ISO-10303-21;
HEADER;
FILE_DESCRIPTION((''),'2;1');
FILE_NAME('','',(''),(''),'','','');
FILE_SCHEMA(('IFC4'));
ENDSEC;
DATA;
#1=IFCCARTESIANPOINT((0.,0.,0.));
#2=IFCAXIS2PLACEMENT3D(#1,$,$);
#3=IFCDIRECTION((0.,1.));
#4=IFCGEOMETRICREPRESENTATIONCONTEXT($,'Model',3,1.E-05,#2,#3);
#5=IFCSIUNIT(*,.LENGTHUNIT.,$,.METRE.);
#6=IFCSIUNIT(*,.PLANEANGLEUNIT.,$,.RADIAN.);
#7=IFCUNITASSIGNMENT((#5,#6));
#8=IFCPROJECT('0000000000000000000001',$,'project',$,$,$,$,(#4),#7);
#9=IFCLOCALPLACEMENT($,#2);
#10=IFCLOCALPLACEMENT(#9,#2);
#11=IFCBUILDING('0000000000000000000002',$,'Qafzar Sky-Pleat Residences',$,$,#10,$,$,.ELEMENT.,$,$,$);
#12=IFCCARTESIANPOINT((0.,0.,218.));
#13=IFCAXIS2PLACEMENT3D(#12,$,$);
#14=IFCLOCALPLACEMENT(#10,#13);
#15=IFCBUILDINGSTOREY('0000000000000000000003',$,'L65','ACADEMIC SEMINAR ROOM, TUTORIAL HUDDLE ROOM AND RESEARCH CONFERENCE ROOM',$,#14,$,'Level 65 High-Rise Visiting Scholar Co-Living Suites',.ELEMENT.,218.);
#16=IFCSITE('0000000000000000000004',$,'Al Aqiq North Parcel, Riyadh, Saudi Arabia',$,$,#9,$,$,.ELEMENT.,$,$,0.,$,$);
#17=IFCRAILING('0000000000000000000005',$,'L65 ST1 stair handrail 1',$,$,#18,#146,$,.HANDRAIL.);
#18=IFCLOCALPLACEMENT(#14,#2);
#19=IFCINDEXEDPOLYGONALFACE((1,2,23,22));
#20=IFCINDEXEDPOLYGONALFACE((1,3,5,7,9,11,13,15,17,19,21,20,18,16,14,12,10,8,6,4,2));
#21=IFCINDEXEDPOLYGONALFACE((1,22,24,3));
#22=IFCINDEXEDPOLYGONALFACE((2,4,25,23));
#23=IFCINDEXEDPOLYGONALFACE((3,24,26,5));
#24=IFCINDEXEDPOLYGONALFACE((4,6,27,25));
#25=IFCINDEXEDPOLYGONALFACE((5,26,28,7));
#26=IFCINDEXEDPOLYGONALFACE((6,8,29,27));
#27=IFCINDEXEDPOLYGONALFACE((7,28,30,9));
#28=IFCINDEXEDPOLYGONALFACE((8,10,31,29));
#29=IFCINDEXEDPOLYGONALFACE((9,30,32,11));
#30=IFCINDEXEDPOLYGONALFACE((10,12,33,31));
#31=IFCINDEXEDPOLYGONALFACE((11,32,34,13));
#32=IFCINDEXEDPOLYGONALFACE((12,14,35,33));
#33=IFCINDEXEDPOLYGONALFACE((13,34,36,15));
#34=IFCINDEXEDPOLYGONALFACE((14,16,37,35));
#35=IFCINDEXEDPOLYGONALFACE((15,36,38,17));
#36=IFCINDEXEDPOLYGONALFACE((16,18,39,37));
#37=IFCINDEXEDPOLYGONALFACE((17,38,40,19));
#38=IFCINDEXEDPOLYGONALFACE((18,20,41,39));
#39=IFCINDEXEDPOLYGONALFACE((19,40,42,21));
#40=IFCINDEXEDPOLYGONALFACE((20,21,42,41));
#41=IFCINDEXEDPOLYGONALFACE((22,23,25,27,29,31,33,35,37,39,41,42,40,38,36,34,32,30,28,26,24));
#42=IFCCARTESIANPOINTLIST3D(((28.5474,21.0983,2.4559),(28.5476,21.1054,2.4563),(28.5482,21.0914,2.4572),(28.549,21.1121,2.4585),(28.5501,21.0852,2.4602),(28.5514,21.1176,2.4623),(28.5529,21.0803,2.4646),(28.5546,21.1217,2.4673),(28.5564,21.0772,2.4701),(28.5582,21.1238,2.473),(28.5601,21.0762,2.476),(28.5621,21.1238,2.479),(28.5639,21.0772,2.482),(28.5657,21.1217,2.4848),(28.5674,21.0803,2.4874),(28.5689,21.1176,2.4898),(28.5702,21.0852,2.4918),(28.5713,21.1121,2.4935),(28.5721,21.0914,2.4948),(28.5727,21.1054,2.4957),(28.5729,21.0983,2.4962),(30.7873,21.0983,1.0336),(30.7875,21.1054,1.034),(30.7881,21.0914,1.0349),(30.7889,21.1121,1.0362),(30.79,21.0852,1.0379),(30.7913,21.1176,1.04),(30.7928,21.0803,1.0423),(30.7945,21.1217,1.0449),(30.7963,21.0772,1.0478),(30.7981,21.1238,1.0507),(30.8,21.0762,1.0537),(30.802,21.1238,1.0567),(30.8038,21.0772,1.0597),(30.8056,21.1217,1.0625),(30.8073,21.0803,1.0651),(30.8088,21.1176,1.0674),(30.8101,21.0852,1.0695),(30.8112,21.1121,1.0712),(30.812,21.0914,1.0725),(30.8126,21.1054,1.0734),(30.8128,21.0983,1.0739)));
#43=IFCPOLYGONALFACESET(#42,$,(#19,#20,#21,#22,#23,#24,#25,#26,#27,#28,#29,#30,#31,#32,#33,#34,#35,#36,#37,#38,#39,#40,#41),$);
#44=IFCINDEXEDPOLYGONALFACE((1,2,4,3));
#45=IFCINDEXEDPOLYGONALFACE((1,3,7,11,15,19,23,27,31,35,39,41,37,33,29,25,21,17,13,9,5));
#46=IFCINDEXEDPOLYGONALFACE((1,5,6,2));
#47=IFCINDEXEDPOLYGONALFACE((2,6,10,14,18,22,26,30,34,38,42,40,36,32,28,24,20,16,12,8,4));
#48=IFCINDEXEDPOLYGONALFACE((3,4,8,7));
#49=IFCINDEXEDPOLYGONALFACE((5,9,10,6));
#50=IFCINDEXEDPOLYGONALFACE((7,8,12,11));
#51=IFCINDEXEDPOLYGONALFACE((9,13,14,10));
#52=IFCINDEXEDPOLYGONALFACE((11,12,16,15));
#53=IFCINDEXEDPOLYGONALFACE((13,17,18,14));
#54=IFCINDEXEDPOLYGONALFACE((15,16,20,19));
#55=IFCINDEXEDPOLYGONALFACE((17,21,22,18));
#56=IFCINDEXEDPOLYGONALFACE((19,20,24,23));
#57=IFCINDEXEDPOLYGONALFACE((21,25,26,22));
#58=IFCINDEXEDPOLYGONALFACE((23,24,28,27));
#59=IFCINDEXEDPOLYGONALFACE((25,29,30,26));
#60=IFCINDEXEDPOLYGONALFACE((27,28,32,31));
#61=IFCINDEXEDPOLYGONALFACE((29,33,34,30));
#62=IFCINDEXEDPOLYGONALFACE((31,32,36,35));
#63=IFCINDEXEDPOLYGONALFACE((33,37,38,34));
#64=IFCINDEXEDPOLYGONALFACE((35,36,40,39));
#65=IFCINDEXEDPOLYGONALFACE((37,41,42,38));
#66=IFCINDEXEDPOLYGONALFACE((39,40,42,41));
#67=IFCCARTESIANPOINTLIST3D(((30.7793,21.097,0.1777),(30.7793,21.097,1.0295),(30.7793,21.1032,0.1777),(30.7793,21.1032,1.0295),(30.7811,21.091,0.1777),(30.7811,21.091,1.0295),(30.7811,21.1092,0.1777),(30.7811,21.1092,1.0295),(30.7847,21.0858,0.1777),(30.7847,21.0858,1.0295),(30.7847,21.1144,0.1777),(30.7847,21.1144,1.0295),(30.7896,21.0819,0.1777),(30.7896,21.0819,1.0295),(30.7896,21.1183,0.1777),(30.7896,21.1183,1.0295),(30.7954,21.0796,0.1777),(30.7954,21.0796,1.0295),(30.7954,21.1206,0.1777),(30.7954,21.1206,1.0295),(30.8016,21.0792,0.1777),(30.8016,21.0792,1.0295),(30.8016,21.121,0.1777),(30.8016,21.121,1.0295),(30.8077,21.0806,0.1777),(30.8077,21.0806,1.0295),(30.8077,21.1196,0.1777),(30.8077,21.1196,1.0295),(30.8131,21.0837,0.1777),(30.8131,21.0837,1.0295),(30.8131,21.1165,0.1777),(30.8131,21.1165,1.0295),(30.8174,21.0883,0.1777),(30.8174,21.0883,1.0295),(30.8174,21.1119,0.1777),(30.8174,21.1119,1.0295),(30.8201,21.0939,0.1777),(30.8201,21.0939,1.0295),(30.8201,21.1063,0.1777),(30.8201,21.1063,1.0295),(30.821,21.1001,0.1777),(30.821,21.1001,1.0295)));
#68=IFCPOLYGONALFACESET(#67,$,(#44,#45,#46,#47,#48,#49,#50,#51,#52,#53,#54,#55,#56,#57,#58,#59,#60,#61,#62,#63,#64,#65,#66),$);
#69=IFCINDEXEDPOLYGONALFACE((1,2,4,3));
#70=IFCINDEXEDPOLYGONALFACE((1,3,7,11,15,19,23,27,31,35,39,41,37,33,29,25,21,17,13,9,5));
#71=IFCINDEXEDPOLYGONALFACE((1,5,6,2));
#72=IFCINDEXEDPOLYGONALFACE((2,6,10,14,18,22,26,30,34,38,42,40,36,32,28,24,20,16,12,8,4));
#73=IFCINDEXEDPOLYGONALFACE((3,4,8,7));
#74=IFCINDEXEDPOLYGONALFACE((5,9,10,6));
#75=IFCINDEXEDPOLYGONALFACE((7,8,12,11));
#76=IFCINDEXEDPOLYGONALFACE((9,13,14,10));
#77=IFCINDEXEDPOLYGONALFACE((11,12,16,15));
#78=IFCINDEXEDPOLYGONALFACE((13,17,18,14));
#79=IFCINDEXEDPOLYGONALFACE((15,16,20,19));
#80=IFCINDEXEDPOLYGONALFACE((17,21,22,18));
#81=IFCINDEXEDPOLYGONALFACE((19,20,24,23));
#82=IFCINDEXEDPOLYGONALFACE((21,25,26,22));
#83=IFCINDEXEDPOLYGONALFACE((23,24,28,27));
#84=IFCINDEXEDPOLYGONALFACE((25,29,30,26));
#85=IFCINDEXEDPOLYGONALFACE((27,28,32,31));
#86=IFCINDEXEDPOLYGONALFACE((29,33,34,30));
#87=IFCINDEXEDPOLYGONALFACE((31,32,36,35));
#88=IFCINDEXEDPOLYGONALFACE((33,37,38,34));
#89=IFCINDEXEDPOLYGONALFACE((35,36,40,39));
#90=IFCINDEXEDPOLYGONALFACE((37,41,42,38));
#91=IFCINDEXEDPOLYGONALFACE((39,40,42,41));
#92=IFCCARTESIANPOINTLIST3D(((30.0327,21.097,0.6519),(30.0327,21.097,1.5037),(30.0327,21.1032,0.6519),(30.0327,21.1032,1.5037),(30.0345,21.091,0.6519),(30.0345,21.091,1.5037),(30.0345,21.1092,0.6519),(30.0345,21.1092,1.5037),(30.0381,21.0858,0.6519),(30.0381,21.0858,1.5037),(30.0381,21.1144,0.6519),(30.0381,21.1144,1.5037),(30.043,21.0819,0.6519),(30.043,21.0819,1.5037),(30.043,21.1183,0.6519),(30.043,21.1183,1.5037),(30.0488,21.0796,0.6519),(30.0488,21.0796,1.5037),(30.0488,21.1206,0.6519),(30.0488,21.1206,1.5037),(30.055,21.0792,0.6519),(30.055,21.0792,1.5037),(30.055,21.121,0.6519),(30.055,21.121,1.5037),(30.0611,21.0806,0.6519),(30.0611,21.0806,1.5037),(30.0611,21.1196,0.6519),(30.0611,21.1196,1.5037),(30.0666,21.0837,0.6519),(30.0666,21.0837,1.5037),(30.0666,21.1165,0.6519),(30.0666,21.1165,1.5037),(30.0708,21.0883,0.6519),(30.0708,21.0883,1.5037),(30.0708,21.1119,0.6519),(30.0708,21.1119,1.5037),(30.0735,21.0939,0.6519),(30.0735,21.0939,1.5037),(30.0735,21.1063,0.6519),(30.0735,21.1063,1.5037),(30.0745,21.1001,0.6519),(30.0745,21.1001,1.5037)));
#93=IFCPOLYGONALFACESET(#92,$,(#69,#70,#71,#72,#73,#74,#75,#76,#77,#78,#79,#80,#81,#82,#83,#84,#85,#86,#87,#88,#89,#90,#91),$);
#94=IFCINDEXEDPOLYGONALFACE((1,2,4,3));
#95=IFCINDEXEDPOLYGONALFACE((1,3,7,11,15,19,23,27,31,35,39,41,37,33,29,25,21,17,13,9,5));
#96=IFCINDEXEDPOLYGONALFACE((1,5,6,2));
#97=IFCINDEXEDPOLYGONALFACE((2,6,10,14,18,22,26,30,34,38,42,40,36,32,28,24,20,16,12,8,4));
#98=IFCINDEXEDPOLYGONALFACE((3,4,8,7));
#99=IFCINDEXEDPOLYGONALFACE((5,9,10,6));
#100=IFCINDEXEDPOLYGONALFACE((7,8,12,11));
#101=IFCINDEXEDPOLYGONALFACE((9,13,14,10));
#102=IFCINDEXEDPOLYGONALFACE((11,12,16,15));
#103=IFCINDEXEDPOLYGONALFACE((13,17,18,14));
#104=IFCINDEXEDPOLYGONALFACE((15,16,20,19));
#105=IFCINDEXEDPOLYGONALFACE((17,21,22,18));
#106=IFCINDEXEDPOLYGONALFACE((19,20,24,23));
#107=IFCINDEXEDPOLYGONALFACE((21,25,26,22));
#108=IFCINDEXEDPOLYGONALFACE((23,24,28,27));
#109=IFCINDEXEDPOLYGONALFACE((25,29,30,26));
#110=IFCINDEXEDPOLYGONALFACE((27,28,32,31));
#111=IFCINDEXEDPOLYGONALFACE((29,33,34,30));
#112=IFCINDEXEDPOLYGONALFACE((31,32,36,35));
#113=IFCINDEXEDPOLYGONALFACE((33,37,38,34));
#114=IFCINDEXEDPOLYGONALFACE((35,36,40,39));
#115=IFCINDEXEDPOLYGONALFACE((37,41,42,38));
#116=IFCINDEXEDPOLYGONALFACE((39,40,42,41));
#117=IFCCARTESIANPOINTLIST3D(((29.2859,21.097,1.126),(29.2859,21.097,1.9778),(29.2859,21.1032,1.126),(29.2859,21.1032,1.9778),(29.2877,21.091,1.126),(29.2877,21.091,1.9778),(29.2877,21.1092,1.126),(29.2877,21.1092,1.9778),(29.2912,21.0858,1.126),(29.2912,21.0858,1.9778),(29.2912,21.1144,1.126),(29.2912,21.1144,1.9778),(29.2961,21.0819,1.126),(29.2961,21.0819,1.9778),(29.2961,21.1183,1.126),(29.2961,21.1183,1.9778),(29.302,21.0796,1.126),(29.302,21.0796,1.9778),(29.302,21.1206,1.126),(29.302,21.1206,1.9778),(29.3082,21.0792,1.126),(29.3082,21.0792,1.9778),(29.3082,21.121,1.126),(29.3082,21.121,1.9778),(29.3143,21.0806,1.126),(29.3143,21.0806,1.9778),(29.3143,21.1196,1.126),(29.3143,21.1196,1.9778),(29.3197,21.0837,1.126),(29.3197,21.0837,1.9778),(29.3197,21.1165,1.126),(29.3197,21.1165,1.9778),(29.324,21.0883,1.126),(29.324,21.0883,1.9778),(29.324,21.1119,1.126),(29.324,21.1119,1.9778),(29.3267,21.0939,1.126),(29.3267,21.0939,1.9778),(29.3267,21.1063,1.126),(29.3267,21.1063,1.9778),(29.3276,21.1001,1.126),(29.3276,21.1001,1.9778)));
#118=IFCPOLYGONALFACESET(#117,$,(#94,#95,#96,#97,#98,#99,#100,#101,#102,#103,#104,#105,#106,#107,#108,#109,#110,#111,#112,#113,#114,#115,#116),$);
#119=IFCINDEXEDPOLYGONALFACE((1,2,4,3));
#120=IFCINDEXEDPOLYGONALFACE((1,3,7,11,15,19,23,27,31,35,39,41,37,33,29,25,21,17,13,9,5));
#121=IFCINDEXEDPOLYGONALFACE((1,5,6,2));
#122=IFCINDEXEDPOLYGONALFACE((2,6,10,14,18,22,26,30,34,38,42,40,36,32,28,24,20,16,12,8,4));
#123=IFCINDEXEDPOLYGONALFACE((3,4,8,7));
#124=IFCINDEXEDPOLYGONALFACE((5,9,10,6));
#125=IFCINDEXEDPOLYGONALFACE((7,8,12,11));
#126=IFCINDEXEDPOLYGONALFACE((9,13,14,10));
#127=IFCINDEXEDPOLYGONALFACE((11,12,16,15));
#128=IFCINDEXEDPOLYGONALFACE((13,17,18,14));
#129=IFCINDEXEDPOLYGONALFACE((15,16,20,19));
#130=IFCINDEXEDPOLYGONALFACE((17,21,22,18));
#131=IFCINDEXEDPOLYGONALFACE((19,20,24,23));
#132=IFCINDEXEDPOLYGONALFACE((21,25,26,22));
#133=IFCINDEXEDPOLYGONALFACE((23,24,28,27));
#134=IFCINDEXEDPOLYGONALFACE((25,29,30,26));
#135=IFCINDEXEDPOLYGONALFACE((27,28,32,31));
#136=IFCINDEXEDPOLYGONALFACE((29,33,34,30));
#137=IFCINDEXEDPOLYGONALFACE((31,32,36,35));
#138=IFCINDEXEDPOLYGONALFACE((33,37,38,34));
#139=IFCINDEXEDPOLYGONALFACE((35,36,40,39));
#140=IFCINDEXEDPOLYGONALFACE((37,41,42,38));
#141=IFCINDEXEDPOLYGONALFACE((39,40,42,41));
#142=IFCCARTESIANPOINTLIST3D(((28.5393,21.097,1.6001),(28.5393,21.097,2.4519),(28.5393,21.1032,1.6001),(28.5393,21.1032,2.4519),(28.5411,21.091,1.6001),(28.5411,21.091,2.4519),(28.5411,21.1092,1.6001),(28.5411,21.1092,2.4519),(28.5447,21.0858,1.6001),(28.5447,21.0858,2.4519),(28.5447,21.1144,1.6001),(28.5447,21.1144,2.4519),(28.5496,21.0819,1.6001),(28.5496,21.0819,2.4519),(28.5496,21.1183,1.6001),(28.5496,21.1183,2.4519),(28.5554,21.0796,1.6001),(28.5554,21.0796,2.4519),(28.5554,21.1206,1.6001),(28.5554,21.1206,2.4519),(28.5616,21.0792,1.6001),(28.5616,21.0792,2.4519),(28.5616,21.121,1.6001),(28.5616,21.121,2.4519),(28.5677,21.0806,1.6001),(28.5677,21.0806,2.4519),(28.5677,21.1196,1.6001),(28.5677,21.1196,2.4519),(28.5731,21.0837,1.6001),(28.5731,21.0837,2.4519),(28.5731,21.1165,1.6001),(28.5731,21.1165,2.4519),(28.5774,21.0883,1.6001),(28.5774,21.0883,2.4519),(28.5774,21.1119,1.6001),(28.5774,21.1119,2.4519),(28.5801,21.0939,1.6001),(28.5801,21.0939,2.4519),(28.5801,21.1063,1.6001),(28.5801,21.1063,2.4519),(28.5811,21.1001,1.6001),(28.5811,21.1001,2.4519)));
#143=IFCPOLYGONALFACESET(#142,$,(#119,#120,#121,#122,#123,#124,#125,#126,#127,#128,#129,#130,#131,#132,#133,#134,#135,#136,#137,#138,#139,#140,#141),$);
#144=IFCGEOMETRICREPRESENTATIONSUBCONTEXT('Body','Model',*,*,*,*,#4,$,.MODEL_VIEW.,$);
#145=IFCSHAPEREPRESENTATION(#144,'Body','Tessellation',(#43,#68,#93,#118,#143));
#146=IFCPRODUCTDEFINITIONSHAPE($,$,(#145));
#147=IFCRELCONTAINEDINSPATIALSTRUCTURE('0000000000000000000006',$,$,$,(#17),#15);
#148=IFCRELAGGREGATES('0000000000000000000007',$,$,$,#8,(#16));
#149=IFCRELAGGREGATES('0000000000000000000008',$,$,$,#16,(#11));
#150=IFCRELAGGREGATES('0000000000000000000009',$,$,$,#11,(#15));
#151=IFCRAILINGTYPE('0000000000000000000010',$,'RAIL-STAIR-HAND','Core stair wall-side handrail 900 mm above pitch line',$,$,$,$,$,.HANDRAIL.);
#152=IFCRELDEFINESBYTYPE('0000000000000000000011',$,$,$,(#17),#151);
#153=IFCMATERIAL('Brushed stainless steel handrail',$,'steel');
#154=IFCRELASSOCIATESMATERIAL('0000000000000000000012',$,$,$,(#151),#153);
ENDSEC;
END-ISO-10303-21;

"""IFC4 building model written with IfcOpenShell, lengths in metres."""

from ifc_helpers import new_model, si_unit, direction, frame, origin, origin_2d, place, context, subcontext, project, spatial, circle, extrude, source, transform, mapped, material, type_object, element, save


model = new_model("IFC4")

# Units and contexts
model_context = context("Model", 3, precision=1e-05, world=origin(), true_north=direction((0.0, 1.0)))
body_context = subcontext(model_context, "Body", "Model", "MODEL_VIEW")
ifc_project = project(units=[si_unit("LENGTHUNIT", "METRE"), si_unit("PLANEANGLEUNIT", "RADIAN")], contexts=[model_context])

# Site, building, storey
site_placement = place(None, origin())
site = spatial("IfcSite", under=ifc_project, at=site_placement, Name="Al Aqiq North Parcel, Riyadh, Saudi Arabia", CompositionType="ELEMENT", RefElevation=0.0)
building_placement = place(site_placement, origin())
building = spatial("IfcBuilding", under=site, at=building_placement, Name="Qafzar Sky-Pleat Residences", CompositionType="ELEMENT")
storey_placement = place(building_placement, frame((0.0, 0.0, 218.0)))
storey = spatial("IfcBuildingStorey", under=building, at=storey_placement, Name="L65", Description="ACADEMIC SEMINAR ROOM, TUTORIAL HUDDLE ROOM AND RESEARCH CONFERENCE ROOM", LongName="Level 65 High-Rise Visiting Scholar Co-Living Suites", CompositionType="ELEMENT", Elevation=218.0)

# Railing
ifc_material_1 = material(Name="Brushed stainless steel handrail", Category="steel")
railing_type_1 = type_object("IfcRailingType", Name="RAIL-STAIR-HAND", Description="Core stair wall-side handrail 900 mm above pitch line", PredefinedType="HANDRAIL", material=ifc_material_1)
shared_shape_1 = source(origin(), body_context, "Body", "SweptSolid", [
    extrude(circle(Radius=0.0239, at=origin_2d()), frame((0.0, 0.0, 0.876), z_axis=(-0.844188, 0.0, 0.536048), x_axis=(0.0, -1.0, 0.0)), (0.0, 0.0, 1.0), 2.6533),
    extrude(circle(Radius=0.021, at=origin_2d()), origin(), (0.0, 0.0, 1.0), 0.8518),
    extrude(circle(Radius=0.021, at=origin_2d()), frame((-0.7466, 0.0, 0.4741)), (0.0, 0.0, 1.0), 0.8518),
    extrude(circle(Radius=0.021, at=origin_2d()), frame((-1.4934, 0.0, 0.9482)), (0.0, 0.0, 1.0), 0.8518),
    extrude(circle(Radius=0.021, at=origin_2d()), frame((-2.24, 0.0, 1.4224)), (0.0, 0.0, 1.0), 0.8518),
])
railing_1_placement = place(storey_placement, frame((30.8, 21.1001, 0.1777)))
element("IfcRailing", 1, at=railing_1_placement, inside=storey, type_object=railing_type_1, Name="L65 ST1 stair handrail 1", PredefinedType="HANDRAIL", context=body_context, shape_type="MappedRepresentation", body=[
    mapped(shared_shape_1, transform((0.0, 0.0, 0.0), x_axis=(1.0, 0.0, 0.0), y_axis=(0.0, 1.0, 0.0), z_axis=(0.0, 0.0, 1.0), scale=1.0)),
])

save(model, "model.ifc")
